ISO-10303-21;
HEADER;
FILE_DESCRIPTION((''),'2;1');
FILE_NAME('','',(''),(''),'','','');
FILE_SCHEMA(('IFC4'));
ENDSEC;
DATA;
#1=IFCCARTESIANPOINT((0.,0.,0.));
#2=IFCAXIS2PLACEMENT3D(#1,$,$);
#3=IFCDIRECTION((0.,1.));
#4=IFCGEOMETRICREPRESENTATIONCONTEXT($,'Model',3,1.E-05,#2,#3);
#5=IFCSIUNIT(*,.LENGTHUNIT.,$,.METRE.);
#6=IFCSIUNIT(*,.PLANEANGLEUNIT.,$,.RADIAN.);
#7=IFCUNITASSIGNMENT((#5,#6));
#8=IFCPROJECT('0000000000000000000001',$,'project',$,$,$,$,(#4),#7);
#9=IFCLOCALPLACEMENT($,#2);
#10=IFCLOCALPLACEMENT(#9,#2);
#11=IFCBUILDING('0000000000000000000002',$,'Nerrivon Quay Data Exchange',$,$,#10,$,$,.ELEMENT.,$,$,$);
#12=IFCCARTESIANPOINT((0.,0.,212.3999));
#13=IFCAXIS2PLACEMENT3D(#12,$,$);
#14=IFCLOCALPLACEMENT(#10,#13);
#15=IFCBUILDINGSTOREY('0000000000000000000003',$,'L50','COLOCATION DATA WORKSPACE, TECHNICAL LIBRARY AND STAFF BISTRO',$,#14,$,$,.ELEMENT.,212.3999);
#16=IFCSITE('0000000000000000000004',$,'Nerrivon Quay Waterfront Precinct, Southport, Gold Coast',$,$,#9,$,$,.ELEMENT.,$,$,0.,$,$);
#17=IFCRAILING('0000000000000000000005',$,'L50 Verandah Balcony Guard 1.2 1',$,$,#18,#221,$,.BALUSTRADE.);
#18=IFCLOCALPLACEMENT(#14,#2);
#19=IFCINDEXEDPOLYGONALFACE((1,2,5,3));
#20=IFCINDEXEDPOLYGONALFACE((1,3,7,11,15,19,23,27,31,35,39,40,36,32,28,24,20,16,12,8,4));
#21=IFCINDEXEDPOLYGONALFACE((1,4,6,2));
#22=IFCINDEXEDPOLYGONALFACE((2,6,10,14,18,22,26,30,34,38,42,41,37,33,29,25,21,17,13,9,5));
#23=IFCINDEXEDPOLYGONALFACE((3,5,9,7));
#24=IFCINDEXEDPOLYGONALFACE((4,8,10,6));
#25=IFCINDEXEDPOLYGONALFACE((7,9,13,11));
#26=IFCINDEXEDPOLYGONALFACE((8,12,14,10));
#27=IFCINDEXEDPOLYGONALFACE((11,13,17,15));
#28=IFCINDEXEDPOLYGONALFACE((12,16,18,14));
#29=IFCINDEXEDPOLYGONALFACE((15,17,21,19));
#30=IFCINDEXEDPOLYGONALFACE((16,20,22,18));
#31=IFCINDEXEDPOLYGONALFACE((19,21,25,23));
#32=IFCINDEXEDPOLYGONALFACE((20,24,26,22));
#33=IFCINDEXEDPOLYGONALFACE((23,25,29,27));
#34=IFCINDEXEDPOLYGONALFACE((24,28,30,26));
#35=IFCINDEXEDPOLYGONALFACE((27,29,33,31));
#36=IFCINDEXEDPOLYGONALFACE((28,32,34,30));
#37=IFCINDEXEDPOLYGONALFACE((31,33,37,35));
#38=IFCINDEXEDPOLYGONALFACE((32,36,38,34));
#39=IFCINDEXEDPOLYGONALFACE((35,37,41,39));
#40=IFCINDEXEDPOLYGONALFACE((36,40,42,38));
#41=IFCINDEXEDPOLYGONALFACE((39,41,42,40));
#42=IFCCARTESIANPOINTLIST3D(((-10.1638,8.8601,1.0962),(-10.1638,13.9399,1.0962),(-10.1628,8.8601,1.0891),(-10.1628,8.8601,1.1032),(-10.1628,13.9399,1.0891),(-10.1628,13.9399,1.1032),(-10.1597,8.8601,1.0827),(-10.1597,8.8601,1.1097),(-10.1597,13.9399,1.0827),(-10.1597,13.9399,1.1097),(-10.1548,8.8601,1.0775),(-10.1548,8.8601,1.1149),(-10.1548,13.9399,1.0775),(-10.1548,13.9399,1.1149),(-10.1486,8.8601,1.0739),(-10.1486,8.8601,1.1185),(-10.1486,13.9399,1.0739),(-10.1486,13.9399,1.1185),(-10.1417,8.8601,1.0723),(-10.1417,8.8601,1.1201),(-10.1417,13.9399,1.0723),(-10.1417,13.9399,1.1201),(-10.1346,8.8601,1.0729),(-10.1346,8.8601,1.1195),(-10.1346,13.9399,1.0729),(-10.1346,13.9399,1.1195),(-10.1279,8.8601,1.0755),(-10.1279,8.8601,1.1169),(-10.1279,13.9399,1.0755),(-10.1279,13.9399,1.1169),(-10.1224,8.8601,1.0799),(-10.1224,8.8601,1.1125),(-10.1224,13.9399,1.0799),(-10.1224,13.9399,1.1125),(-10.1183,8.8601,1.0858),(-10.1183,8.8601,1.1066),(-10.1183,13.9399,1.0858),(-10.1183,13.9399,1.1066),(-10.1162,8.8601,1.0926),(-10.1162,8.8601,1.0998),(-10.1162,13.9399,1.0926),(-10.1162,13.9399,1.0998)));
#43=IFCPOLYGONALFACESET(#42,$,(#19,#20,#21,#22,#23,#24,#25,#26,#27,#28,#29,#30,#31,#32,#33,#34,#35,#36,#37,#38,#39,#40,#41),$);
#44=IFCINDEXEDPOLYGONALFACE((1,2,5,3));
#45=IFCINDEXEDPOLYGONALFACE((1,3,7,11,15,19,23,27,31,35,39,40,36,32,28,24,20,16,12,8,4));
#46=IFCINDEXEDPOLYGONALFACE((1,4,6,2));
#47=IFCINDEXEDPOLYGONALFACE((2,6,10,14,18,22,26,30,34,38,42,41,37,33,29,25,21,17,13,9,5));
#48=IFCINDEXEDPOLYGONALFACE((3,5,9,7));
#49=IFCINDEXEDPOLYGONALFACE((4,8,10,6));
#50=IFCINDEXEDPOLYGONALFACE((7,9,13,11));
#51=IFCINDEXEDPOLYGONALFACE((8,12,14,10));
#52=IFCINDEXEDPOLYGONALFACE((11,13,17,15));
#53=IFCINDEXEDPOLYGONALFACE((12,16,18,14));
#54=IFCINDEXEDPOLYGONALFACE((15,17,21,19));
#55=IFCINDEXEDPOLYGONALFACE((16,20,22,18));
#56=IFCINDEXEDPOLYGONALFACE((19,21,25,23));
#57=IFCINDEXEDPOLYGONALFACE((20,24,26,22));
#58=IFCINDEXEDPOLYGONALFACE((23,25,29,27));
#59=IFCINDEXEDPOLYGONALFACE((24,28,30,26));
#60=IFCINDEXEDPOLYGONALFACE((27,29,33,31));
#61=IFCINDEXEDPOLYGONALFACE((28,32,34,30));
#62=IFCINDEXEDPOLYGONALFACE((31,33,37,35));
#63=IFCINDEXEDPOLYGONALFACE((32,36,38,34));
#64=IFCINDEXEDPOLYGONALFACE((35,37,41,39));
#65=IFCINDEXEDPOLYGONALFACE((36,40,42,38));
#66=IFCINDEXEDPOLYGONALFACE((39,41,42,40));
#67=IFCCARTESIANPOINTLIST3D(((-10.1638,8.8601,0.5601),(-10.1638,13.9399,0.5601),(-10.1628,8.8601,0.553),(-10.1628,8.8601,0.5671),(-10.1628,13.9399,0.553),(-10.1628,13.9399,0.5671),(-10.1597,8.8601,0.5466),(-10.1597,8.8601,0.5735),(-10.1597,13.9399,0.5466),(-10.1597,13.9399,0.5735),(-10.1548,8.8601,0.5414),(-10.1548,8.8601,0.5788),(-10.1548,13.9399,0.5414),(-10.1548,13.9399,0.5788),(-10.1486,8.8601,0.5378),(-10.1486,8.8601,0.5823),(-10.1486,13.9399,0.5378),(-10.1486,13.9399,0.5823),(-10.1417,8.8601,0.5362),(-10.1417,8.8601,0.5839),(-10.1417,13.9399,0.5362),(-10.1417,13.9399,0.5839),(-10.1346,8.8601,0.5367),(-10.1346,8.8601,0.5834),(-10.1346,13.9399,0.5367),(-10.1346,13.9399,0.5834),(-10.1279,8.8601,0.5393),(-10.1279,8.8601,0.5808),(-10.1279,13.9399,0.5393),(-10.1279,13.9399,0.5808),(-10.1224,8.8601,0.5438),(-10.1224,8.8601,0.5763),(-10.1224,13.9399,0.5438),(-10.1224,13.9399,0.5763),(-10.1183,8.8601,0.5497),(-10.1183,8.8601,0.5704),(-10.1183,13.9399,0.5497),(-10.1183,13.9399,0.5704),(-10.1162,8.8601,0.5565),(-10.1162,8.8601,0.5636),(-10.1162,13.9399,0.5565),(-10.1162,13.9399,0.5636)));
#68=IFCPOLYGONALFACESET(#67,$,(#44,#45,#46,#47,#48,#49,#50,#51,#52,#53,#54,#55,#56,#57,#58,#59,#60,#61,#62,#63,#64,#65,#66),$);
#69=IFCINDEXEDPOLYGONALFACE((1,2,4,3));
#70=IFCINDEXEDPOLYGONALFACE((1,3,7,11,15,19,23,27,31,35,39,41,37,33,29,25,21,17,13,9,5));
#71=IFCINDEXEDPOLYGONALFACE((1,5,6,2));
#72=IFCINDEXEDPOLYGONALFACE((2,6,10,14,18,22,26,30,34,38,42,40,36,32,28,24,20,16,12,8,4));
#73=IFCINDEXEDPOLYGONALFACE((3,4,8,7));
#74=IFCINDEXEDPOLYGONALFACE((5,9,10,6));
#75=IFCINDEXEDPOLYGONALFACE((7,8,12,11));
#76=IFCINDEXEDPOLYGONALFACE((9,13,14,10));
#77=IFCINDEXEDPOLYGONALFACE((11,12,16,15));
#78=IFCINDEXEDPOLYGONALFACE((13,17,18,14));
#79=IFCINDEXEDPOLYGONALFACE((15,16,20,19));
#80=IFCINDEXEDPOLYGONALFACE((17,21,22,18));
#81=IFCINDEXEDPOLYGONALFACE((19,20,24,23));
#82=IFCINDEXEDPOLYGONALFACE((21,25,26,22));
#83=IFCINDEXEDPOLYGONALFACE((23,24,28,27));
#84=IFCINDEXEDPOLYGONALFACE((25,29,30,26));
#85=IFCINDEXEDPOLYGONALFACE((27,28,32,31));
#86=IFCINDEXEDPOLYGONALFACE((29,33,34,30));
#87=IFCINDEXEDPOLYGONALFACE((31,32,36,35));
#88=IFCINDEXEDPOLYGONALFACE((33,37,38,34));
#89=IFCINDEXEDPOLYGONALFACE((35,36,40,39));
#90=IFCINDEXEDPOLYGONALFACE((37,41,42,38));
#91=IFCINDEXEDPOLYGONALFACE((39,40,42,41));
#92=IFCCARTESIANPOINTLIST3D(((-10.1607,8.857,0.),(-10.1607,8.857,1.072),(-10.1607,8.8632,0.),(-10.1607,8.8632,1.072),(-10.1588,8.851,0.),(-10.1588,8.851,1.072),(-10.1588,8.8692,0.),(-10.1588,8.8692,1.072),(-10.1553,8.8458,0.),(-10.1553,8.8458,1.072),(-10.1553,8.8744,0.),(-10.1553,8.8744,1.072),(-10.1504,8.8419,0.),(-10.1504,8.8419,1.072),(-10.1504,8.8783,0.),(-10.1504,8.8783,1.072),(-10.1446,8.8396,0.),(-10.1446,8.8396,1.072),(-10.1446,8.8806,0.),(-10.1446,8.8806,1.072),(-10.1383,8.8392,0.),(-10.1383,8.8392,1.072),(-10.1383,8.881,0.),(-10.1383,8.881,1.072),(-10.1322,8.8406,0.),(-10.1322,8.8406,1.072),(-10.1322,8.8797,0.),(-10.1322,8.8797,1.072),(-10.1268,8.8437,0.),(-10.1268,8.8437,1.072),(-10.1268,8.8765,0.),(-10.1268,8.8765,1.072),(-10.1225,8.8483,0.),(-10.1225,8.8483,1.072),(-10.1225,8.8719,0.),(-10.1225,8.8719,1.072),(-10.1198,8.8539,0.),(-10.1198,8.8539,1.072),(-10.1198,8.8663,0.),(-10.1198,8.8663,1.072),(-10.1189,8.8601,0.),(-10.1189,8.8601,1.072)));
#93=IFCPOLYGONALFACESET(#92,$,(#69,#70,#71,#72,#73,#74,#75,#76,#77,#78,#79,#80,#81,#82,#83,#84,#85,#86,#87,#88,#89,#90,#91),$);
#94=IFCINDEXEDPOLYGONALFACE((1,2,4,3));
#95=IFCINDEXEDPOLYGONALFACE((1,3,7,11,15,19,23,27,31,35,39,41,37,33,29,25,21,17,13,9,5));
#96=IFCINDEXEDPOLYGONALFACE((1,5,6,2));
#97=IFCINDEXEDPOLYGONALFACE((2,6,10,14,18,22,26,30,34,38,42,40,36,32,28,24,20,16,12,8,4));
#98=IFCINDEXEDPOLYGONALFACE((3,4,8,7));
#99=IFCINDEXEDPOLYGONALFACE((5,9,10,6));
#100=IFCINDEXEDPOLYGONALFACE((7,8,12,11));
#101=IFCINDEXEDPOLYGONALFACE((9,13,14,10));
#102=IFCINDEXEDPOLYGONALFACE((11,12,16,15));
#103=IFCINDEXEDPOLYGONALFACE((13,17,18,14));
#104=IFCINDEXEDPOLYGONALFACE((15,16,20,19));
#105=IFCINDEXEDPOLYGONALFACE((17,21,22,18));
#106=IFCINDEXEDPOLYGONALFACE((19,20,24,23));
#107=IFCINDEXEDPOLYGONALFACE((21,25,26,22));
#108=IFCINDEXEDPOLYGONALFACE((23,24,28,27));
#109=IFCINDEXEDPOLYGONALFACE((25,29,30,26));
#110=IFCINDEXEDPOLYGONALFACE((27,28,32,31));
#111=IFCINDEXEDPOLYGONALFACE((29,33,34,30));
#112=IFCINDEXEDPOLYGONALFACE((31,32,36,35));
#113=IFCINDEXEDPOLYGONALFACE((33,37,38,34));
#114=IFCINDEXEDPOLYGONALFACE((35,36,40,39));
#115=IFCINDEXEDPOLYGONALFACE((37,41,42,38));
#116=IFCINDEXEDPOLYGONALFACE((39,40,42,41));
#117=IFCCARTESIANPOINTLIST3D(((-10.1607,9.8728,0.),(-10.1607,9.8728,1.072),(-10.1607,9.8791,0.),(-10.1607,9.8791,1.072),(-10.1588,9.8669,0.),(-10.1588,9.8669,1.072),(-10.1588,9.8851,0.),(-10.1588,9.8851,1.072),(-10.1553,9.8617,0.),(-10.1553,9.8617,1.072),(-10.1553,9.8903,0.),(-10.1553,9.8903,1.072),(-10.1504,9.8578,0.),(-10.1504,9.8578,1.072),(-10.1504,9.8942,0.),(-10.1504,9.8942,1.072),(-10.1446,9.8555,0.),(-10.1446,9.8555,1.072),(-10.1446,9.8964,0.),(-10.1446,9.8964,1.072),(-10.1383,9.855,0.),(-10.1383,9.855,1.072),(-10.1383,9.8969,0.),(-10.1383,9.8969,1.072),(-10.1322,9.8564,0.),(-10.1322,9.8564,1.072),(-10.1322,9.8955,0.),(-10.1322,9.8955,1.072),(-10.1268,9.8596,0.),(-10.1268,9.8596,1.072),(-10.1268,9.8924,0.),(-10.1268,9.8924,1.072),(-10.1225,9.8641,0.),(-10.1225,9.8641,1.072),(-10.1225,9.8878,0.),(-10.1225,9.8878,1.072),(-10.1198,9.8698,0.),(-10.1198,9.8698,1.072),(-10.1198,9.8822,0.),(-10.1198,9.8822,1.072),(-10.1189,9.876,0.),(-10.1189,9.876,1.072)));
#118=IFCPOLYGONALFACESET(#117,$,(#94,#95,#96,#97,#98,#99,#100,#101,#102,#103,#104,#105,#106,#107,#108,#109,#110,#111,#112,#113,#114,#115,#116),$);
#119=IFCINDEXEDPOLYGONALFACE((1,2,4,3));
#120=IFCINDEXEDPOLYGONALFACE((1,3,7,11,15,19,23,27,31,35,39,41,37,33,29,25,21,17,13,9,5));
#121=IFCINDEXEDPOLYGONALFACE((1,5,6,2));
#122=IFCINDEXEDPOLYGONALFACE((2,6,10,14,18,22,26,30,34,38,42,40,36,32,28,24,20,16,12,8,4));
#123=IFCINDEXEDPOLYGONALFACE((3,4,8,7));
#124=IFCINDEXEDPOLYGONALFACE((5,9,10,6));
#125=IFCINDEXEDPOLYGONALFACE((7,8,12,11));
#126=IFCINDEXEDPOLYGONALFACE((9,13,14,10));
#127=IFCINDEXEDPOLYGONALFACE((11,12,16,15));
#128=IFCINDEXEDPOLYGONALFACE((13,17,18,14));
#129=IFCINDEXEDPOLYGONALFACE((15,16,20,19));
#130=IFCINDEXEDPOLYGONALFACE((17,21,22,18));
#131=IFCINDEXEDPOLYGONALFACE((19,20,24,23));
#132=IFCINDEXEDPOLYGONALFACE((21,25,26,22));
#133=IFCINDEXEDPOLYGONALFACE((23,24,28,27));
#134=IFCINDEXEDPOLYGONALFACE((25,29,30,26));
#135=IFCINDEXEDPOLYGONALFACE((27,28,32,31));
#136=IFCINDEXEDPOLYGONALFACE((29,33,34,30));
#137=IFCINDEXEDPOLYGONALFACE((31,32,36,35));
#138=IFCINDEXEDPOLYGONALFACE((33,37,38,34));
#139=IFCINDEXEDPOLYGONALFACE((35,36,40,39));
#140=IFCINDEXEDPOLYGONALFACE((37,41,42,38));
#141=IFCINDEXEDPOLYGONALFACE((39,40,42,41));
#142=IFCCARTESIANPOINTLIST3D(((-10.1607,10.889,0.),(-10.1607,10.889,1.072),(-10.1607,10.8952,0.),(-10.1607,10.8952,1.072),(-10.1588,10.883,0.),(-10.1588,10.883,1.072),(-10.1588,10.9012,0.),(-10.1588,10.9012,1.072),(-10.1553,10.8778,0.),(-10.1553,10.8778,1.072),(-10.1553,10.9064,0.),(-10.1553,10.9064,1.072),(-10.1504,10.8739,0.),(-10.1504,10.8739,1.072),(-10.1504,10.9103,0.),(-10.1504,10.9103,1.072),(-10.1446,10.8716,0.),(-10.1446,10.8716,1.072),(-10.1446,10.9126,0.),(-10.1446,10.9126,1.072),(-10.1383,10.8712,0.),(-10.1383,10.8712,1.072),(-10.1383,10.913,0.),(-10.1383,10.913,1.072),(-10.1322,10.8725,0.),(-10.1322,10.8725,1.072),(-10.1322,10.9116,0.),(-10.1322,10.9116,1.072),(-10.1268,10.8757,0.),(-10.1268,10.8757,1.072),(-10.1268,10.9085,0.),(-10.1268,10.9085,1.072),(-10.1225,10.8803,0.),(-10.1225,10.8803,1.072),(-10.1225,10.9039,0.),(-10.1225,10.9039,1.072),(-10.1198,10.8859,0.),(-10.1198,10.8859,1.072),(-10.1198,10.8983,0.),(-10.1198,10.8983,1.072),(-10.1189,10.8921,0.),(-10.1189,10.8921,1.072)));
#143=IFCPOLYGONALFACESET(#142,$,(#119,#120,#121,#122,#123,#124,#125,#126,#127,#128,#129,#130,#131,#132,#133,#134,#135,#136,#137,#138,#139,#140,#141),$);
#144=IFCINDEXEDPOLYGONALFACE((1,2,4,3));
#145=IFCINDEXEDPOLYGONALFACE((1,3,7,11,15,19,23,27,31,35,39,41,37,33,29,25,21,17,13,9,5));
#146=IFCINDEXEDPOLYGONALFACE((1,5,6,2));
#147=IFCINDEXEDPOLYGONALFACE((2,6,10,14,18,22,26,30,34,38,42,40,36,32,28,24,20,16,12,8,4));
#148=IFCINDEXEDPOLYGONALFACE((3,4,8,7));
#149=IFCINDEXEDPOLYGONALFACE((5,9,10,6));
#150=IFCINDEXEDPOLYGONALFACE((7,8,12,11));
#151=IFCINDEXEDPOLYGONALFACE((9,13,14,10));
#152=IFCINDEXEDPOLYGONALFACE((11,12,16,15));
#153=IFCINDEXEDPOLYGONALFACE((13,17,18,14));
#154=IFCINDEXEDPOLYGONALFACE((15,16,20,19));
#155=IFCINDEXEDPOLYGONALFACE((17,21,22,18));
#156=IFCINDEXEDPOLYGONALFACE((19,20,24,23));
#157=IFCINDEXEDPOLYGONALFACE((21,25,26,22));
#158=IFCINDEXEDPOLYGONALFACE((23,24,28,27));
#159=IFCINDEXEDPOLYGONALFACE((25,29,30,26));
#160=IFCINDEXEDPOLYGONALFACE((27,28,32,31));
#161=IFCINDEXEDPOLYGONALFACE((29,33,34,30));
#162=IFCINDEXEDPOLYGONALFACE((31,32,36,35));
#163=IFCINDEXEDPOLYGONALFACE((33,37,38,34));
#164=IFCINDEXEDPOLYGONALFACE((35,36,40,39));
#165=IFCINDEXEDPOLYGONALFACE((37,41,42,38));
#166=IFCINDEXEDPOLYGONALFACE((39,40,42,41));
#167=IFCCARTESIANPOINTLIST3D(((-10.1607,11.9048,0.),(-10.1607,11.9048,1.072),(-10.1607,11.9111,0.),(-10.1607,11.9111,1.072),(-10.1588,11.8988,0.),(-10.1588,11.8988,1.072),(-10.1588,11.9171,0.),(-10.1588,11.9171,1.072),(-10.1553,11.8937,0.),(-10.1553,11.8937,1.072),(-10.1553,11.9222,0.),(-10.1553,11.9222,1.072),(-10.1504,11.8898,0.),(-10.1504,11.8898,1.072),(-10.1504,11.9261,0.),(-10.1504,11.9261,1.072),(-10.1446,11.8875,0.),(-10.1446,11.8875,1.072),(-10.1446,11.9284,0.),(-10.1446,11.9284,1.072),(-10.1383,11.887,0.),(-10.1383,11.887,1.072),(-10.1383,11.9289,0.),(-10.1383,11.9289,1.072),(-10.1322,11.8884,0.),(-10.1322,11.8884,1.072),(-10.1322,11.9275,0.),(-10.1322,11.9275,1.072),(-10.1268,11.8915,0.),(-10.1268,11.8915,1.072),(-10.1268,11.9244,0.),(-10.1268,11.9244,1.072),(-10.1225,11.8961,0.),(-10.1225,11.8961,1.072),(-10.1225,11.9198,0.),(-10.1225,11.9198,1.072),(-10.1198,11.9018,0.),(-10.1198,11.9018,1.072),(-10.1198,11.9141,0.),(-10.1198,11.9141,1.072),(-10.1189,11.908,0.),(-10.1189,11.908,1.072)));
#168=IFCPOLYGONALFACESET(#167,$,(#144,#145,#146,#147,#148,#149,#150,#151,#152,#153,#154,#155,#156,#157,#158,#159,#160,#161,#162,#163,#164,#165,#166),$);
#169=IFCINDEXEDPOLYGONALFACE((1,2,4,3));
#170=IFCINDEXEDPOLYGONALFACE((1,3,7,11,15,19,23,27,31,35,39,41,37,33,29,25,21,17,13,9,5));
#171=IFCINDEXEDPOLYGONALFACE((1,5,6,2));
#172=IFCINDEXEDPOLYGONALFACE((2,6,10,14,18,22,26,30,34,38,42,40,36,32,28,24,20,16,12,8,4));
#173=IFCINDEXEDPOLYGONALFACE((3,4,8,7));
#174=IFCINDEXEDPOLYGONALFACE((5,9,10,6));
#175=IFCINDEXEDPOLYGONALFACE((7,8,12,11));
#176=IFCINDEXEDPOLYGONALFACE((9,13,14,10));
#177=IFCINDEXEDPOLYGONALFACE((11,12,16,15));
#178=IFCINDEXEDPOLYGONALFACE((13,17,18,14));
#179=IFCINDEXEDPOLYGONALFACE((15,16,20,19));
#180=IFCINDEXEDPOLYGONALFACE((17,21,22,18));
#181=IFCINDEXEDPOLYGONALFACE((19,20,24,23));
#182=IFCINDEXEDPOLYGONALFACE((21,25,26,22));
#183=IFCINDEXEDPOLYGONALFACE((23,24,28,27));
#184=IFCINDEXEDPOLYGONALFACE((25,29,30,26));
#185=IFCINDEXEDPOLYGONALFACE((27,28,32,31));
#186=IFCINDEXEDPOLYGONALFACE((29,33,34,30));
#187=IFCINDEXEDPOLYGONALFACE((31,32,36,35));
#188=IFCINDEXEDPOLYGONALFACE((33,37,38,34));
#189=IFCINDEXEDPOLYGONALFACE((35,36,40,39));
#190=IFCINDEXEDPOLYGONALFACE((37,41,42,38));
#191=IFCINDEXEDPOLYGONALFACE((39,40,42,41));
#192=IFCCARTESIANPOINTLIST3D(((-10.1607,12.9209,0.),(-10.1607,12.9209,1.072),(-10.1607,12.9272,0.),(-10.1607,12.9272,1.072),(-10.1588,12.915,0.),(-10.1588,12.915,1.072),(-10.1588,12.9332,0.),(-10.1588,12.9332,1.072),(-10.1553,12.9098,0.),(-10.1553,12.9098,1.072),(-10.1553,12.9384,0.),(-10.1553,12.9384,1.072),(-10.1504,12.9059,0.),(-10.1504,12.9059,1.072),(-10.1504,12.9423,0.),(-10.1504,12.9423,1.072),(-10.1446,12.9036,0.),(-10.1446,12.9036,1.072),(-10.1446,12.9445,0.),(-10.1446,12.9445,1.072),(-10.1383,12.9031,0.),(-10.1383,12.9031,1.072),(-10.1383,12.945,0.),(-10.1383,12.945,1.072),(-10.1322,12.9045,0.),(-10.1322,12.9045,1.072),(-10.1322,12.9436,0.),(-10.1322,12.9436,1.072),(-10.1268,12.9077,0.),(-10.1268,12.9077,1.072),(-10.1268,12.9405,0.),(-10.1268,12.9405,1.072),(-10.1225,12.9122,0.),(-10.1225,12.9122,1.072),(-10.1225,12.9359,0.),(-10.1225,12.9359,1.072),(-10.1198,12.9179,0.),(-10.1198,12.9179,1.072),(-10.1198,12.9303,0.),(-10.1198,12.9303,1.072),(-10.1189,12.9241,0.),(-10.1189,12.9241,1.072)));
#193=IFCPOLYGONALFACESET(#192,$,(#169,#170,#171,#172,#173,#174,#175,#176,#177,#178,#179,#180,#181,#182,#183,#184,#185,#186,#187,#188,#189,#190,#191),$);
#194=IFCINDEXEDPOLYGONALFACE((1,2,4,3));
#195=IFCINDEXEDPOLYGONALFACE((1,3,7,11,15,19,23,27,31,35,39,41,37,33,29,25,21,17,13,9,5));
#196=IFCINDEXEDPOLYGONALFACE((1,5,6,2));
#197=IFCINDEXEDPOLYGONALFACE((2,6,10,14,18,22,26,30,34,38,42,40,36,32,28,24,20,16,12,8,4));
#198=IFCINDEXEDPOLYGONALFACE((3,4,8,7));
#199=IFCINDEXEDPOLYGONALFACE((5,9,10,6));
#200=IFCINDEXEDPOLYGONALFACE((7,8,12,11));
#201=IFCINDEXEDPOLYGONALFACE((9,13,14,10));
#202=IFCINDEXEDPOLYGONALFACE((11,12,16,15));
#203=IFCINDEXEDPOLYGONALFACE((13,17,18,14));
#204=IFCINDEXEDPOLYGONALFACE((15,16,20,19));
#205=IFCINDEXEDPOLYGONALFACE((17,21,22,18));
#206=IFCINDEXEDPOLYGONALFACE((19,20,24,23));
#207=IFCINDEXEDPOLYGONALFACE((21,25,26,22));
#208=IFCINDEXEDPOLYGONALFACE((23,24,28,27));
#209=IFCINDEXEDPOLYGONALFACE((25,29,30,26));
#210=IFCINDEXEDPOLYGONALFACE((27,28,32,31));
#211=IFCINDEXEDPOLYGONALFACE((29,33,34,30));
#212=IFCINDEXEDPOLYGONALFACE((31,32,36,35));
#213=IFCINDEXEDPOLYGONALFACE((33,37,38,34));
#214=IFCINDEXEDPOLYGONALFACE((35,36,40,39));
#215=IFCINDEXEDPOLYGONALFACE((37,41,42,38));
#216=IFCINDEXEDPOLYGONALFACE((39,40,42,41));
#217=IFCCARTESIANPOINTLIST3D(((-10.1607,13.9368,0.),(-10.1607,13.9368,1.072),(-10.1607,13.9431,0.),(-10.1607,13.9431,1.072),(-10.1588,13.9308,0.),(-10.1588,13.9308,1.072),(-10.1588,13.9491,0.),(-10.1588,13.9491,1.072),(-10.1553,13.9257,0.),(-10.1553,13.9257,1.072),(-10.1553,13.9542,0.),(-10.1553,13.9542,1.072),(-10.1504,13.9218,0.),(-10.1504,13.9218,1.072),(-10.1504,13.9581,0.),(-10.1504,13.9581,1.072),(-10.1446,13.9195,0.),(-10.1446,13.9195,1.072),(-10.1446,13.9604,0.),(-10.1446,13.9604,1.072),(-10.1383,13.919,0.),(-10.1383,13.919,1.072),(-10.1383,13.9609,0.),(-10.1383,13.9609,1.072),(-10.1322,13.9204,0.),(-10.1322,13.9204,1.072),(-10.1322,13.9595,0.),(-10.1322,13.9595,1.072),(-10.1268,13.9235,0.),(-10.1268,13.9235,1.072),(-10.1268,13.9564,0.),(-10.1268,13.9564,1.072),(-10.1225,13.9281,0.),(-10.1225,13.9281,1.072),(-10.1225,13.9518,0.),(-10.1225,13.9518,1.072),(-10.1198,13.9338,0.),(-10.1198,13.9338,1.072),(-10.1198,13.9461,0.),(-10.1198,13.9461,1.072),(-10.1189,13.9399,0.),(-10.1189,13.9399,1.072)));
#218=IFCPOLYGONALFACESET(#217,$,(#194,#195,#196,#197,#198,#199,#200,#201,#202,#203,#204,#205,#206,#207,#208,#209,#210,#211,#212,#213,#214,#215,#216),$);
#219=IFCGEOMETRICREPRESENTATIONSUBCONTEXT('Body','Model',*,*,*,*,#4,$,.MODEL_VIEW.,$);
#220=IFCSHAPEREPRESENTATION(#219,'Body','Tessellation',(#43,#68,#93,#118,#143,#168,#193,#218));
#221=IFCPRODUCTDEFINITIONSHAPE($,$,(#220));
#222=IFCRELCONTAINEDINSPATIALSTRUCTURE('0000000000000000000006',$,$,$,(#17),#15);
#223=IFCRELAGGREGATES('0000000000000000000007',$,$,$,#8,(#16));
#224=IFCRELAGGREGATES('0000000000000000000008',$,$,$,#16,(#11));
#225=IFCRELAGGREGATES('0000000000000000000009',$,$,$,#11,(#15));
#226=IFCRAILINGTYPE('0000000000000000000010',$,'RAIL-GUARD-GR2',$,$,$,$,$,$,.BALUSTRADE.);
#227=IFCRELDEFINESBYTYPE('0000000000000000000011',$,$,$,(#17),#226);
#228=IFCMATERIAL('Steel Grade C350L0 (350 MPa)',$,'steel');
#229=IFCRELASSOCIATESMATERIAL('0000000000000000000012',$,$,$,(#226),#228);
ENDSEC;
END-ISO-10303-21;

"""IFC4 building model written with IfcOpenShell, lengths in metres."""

from ifc_helpers import new_model, si_unit, direction, frame, origin, origin_2d, place, context, subcontext, project, spatial, circle, extrude, material, type_object, element, save


model = new_model("IFC4")

# Units and contexts
model_context = context("Model", 3, precision=1e-05, world=origin(), true_north=direction((0.0, 1.0)))
body_context = subcontext(model_context, "Body", "Model", "MODEL_VIEW")
ifc_project = project(units=[si_unit("LENGTHUNIT", "METRE"), si_unit("PLANEANGLEUNIT", "RADIAN")], contexts=[model_context])

# Site, building, storey
site_placement = place(None, origin())
site = spatial("IfcSite", under=ifc_project, at=site_placement, Name="Nerrivon Quay Waterfront Precinct, Southport, Gold Coast", CompositionType="ELEMENT", RefElevation=0.0)
building_placement = place(site_placement, origin())
building = spatial("IfcBuilding", under=site, at=building_placement, Name="Nerrivon Quay Data Exchange", CompositionType="ELEMENT")
storey_placement = place(building_placement, frame((0.0, 0.0, 212.3999)))
storey = spatial("IfcBuildingStorey", under=building, at=storey_placement, Name="L50", Description="COLOCATION DATA WORKSPACE, TECHNICAL LIBRARY AND STAFF BISTRO", CompositionType="ELEMENT", Elevation=212.3999)

# Railing
ifc_material_1 = material(Name="Steel Grade C350L0 (350 MPa)", Category="steel")
railing_type = type_object("IfcRailingType", Name="RAIL-GUARD-GR2", PredefinedType="BALUSTRADE", material=ifc_material_1)
railing_1_placement = place(storey_placement, frame((-10.1399, 8.8601, 0.0)))
element("IfcRailing", 1, at=railing_1_placement, inside=storey, type_object=railing_type, Name="L50 Verandah Balcony Guard 1.2 1", PredefinedType="BALUSTRADE", context=body_context, shape_type="SweptSolid", body=[
    extrude(circle(Radius=0.0239, at=origin_2d()), frame((0.0, 0.0, 1.0962), z_axis=(0.0, 1.0, 0.0), x_axis=(-1.0, 0.0, 0.0)), (0.0, 0.0, 1.0), 5.0798),
    extrude(circle(Radius=0.0239, at=origin_2d()), frame((0.0, 0.0, 0.5601), z_axis=(0.0, 1.0, 0.0), x_axis=(-1.0, 0.0, 0.0)), (0.0, 0.0, 1.0), 5.0798),
    extrude(circle(Radius=0.021, at=origin_2d()), origin(), (0.0, 0.0, 1.0), 1.072),
    extrude(circle(Radius=0.021, at=origin_2d()), frame((0.0, 1.0159, 0.0)), (0.0, 0.0, 1.0), 1.072),
    extrude(circle(Radius=0.021, at=origin_2d()), frame((0.0, 2.032, 0.0)), (0.0, 0.0, 1.0), 1.072),
    extrude(circle(Radius=0.021, at=origin_2d()), frame((0.0, 3.0479, 0.0)), (0.0, 0.0, 1.0), 1.072),
    extrude(circle(Radius=0.021, at=origin_2d()), frame((0.0, 4.064, 0.0)), (0.0, 0.0, 1.0), 1.072),
    extrude(circle(Radius=0.021, at=origin_2d()), frame((0.0, 5.0798, 0.0)), (0.0, 0.0, 1.0), 1.072),
])

save(model, "model.ifc")
